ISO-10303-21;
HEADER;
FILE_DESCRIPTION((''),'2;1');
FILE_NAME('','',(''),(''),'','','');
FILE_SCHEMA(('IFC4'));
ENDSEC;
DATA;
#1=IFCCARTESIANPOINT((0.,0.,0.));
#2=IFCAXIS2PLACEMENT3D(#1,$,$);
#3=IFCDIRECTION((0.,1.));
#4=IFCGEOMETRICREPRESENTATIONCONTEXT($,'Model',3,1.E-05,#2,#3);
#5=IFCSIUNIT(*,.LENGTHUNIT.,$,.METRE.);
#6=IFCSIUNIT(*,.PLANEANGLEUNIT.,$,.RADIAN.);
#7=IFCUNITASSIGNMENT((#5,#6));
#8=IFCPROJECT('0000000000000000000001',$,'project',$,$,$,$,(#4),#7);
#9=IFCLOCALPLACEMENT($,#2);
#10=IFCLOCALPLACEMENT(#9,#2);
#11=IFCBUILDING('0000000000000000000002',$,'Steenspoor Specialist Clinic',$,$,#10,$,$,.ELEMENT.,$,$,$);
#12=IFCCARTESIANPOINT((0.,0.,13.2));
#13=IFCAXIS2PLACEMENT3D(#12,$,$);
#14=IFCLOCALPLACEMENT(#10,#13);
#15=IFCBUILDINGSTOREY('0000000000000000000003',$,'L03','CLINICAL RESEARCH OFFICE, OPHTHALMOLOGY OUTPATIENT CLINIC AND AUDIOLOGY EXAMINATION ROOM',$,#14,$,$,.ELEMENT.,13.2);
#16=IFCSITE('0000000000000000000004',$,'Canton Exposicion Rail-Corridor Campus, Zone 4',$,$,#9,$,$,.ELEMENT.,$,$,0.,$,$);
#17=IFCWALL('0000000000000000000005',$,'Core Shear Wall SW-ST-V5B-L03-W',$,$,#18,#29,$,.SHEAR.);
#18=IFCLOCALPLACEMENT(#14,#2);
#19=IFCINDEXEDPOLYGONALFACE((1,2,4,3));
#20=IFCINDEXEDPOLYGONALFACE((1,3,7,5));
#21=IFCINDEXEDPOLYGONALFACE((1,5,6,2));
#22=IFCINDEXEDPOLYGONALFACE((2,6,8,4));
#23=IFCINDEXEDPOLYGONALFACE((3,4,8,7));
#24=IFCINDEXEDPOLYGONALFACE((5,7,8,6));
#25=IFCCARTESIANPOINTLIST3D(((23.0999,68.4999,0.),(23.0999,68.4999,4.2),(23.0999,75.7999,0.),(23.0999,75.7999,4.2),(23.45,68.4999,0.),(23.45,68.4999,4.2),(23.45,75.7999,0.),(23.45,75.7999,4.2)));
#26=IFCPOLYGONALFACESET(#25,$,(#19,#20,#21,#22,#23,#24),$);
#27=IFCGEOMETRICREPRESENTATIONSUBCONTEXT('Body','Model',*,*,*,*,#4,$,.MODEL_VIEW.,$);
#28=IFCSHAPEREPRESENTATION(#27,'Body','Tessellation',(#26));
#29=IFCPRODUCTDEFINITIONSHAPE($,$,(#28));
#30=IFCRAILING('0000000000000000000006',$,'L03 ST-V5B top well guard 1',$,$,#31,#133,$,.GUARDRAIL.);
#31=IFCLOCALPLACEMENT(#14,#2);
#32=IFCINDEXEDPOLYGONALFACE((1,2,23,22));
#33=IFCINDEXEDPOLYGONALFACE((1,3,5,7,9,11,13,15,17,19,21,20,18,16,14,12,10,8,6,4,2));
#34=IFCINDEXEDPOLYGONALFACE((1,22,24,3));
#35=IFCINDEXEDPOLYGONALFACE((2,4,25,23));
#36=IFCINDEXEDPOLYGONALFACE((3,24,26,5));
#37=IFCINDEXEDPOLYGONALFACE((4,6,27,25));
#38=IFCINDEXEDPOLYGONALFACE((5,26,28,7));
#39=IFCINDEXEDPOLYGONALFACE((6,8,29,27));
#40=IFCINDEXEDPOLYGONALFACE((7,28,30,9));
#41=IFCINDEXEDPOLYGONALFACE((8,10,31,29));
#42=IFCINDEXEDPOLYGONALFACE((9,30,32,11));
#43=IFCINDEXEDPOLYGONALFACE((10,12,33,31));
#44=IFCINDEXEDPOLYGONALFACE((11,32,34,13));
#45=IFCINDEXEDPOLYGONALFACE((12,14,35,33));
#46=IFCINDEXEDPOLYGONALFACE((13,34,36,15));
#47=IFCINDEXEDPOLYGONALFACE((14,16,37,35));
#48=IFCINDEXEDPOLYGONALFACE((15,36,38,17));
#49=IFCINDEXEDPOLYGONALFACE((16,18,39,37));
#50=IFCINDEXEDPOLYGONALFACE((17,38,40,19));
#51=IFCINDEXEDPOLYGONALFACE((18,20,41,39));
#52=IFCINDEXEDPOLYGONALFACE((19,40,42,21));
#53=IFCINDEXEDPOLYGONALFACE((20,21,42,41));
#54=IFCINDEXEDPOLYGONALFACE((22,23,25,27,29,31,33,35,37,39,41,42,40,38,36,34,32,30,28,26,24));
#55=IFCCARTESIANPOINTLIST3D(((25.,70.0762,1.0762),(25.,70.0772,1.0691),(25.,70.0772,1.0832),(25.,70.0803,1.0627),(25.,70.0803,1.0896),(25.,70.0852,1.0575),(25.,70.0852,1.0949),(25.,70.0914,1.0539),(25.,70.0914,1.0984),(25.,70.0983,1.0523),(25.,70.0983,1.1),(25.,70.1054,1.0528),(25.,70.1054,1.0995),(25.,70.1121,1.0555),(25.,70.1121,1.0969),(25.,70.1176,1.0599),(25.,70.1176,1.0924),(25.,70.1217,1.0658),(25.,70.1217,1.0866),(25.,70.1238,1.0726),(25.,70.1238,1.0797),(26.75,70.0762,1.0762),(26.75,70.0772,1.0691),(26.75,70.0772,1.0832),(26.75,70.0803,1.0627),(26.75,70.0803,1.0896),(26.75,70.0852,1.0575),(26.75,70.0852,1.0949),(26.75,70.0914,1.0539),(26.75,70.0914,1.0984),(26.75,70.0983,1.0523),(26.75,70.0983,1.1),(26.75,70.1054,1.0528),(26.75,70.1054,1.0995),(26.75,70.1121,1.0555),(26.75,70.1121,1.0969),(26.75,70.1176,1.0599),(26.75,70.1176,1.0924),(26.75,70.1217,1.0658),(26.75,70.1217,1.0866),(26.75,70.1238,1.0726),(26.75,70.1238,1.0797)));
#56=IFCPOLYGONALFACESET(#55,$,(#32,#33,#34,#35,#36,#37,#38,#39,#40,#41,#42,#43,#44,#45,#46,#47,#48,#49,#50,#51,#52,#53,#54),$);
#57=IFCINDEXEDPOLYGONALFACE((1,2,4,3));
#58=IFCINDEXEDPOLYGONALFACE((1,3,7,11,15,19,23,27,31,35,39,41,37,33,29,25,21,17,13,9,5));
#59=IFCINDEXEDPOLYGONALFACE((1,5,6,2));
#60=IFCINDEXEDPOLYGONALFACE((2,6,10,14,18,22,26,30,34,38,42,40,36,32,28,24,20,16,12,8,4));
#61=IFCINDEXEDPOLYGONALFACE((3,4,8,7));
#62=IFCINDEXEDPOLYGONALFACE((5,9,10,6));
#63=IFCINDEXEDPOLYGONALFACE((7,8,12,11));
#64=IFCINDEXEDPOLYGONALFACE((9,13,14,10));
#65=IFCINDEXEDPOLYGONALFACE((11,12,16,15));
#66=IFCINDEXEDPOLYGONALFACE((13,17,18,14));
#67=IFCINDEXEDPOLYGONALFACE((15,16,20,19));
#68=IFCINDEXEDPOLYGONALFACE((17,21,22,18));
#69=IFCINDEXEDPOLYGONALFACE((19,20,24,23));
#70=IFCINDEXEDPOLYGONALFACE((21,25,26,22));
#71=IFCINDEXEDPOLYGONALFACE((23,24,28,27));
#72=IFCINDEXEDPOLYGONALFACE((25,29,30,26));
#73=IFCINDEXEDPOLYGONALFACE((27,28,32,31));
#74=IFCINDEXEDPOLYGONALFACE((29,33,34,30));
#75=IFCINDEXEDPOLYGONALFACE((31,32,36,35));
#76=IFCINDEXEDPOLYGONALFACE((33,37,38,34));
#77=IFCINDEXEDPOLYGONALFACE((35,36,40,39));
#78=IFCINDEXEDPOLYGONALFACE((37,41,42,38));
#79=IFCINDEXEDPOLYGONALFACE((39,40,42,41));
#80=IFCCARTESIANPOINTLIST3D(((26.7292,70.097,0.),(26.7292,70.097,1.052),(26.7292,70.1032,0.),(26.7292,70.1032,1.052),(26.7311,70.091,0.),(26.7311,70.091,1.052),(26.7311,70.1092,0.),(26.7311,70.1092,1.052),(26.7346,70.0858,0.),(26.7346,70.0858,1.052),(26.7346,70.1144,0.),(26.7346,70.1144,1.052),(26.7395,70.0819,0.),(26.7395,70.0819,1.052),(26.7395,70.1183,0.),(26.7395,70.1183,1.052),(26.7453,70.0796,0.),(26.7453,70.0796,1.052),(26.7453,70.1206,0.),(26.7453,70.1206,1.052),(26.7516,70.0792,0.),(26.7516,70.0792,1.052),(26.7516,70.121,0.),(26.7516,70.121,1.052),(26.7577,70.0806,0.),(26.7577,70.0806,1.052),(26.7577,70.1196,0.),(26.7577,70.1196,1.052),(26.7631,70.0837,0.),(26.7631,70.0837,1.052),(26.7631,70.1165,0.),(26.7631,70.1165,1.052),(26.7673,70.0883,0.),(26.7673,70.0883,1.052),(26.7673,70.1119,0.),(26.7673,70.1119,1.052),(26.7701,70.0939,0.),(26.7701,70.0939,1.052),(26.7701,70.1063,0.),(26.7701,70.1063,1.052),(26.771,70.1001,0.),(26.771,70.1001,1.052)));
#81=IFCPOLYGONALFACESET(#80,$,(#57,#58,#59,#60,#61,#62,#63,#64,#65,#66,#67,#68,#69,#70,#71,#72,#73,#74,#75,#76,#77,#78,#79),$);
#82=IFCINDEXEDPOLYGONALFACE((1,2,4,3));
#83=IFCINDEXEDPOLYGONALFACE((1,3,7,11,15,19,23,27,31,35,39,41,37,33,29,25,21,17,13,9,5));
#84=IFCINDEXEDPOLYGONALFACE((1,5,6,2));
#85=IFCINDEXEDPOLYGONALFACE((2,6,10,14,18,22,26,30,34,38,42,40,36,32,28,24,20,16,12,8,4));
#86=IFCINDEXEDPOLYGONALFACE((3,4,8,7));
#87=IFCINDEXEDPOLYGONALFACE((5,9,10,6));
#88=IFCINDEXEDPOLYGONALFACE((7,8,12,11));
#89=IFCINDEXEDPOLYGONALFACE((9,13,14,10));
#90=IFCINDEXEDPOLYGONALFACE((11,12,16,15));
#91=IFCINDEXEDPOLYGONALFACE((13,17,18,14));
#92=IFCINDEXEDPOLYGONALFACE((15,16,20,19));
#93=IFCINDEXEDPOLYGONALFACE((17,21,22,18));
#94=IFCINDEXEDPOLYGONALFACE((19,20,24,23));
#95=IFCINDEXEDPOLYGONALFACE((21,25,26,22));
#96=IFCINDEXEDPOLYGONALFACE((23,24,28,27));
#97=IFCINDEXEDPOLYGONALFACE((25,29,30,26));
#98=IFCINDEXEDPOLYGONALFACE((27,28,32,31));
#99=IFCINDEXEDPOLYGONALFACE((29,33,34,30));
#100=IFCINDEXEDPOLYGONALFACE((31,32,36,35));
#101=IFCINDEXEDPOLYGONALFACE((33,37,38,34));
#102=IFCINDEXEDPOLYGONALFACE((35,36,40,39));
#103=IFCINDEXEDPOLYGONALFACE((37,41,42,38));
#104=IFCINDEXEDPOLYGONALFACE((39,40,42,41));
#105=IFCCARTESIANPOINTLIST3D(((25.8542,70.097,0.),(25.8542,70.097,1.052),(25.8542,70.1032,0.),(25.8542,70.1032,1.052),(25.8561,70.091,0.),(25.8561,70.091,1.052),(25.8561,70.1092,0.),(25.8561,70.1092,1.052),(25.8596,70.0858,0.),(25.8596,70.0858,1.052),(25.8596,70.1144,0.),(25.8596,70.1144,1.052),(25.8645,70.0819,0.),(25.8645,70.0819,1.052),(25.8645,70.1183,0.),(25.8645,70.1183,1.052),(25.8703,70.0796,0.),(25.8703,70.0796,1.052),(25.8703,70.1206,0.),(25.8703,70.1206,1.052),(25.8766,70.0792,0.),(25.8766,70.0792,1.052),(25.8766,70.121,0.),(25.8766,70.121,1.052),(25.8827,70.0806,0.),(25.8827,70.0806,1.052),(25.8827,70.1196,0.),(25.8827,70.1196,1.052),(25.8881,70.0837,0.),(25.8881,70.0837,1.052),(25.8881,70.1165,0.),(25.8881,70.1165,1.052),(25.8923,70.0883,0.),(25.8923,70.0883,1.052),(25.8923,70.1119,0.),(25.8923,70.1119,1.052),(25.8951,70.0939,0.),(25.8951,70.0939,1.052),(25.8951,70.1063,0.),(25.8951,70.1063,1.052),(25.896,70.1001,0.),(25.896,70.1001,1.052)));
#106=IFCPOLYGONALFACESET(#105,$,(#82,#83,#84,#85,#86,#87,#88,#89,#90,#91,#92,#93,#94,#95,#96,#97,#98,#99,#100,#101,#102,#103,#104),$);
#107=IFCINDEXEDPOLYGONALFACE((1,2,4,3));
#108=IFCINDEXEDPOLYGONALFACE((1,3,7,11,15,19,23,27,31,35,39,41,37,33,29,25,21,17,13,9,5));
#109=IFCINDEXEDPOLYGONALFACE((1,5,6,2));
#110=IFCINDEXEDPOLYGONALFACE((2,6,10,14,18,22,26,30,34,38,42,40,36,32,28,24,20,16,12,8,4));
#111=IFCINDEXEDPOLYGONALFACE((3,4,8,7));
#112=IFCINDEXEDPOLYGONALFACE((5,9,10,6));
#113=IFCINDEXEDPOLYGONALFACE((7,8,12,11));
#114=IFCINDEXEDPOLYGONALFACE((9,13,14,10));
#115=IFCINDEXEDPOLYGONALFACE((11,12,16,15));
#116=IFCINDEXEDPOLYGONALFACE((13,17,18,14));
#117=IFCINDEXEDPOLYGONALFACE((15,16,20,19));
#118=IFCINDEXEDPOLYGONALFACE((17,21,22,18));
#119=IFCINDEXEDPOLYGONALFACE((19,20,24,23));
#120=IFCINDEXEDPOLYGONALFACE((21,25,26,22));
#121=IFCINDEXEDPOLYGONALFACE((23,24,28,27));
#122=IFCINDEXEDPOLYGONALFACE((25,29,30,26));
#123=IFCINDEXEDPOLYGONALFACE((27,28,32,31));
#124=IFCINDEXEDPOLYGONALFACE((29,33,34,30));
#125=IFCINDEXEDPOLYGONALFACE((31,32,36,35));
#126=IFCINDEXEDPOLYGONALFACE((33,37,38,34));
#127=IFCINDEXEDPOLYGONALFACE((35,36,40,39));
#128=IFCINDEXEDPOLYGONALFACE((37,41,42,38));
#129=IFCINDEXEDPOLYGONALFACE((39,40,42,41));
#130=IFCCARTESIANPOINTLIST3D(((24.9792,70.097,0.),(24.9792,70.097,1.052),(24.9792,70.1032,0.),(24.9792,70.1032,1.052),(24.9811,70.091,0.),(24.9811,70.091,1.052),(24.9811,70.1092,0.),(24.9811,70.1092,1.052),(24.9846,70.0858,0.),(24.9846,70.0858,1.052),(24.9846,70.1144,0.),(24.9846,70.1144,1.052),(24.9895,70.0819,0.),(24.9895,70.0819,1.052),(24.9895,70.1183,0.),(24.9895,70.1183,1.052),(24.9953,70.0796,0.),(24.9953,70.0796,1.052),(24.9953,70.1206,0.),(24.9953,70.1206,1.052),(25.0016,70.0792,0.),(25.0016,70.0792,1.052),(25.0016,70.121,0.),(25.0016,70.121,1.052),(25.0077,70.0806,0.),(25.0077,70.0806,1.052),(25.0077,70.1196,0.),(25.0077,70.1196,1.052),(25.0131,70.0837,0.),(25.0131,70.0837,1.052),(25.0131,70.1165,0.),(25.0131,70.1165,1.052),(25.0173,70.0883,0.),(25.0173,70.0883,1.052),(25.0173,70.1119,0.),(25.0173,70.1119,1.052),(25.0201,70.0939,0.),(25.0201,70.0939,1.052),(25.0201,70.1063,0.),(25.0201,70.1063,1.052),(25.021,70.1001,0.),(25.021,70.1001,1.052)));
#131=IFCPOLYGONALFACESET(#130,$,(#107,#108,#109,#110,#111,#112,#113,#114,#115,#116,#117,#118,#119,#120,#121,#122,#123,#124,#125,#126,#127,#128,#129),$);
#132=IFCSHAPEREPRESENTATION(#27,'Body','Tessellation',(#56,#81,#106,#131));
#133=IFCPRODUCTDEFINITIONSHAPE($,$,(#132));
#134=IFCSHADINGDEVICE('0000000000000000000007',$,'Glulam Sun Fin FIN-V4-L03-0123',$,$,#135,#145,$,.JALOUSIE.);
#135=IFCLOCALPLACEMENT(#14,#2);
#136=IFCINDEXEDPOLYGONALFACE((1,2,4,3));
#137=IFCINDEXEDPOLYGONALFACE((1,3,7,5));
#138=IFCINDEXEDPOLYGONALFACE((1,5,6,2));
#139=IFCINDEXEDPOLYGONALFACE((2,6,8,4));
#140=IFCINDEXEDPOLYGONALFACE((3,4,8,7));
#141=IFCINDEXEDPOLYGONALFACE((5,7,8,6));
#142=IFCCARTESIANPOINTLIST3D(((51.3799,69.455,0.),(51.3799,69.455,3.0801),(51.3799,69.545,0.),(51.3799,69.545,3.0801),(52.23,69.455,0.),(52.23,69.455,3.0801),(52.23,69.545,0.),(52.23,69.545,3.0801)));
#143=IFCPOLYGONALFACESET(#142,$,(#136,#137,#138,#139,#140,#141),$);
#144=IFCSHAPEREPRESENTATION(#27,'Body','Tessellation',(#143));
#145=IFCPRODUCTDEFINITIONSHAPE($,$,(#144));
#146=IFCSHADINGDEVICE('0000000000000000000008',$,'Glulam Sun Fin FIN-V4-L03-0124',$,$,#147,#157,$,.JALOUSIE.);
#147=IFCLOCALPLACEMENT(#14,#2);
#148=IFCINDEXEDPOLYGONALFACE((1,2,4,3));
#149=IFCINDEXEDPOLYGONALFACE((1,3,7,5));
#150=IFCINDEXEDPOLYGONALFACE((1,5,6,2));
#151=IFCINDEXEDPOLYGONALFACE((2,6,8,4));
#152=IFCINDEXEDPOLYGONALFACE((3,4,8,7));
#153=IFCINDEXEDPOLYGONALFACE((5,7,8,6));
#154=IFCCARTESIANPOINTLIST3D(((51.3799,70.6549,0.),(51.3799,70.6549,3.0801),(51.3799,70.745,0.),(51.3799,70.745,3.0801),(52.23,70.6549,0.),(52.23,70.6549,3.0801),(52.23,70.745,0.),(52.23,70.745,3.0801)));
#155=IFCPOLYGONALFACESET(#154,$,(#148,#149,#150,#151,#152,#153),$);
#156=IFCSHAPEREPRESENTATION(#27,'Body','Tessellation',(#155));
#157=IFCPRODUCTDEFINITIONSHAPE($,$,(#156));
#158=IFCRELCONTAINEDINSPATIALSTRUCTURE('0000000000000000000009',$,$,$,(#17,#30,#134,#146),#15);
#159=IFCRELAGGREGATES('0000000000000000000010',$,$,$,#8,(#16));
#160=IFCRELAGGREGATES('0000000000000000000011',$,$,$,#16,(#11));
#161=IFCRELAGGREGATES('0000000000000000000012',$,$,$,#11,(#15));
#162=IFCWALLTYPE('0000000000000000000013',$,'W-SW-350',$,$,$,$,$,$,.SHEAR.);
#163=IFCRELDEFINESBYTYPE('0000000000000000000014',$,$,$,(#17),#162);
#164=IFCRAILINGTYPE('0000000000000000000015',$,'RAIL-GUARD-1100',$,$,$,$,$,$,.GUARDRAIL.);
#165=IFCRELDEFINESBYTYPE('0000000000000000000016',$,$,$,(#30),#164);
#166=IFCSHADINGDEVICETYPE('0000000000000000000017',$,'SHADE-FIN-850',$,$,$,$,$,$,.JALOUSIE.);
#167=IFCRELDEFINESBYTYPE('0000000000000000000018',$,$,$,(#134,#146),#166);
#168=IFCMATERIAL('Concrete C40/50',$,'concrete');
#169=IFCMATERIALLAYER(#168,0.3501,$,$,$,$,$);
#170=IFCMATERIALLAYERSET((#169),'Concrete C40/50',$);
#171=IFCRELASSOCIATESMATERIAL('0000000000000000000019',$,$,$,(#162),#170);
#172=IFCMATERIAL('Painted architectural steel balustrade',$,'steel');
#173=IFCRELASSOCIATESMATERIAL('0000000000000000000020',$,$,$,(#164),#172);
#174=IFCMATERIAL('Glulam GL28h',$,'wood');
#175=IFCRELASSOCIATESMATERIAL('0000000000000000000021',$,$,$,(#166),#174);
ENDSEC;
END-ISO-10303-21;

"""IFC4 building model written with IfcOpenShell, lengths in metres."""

from ifc_helpers import new_model, si_unit, direction, frame, frame_2d, origin, origin_2d, place, context, subcontext, project, spatial, rectangle, circle, extrude, material, layer, layer_set, material_profile, profile_set, type_object, element, save


model = new_model("IFC4")

# Units and contexts
model_context = context("Model", 3, precision=1e-05, world=origin(), true_north=direction((0.0, 1.0)))
body_context = subcontext(model_context, "Body", "Model", "MODEL_VIEW")
ifc_project = project(units=[si_unit("LENGTHUNIT", "METRE"), si_unit("PLANEANGLEUNIT", "RADIAN")], contexts=[model_context])

# Site, building, storey
site_placement = place(None, origin())
site = spatial("IfcSite", under=ifc_project, at=site_placement, Name="Canton Exposicion Rail-Corridor Campus, Zone 4", CompositionType="ELEMENT", RefElevation=0.0)
building_placement = place(site_placement, origin())
building = spatial("IfcBuilding", under=site, at=building_placement, Name="Steenspoor Specialist Clinic", CompositionType="ELEMENT")
storey_placement = place(building_placement, frame((0.0, 0.0, 13.2)))
storey = spatial("IfcBuildingStorey", under=building, at=storey_placement, Name="L03", Description="CLINICAL RESEARCH OFFICE, OPHTHALMOLOGY OUTPATIENT CLINIC AND AUDIOLOGY EXAMINATION ROOM", CompositionType="ELEMENT", Elevation=13.2)

# Wall
ifc_material_1 = material(Name="Concrete C40/50", Category="concrete")
ifc_layer_1 = layer(ifc_material_1, 0.3501)
ifc_layer_set_1 = layer_set([ifc_layer_1], Name="Concrete C40/50")
wall_type_1 = type_object("IfcWallType", Name="W-SW-350", PredefinedType="SHEAR", material=ifc_layer_set_1)
wall_1_placement = place(storey_placement, frame((23.2749, 68.5, 0.0), z_axis=(0.0, 0.0, 1.0), x_axis=(0.0, 1.0, 0.0)))
element("IfcWall", 1, at=wall_1_placement, inside=storey, type_object=wall_type_1, Name="Core Shear Wall SW-ST-V5B-L03-W", PredefinedType="SHEAR", context=body_context, shape_type="SweptSolid", body=[
    extrude(rectangle(XDim=7.3, YDim=0.3501, at=frame_2d((3.6499, 0.0))), origin(), (0.0, 0.0, 1.0), 4.2),
])

# Railing
ifc_material_2 = material(Name="Painted architectural steel balustrade", Category="steel")
railing_type = type_object("IfcRailingType", Name="RAIL-GUARD-1100", PredefinedType="GUARDRAIL", material=ifc_material_2)
railing_placement = place(storey_placement, frame((26.75, 70.1001, 0.0)))
element("IfcRailing", 2, at=railing_placement, inside=storey, type_object=railing_type, Name="L03 ST-V5B top well guard 1", PredefinedType="GUARDRAIL", context=body_context, shape_type="SweptSolid", body=[
    extrude(circle(Radius=0.0239, at=origin_2d()), frame((0.0, 0.0, 1.0762), z_axis=(-1.0, 0.0, 0.0), x_axis=(0.0, -1.0, 0.0)), (0.0, 0.0, 1.0), 1.75),
    extrude(circle(Radius=0.021, at=origin_2d()), origin(), (0.0, 0.0, 1.0), 1.052),
    extrude(circle(Radius=0.021, at=origin_2d()), frame((-0.875, 0.0, 0.0)), (0.0, 0.0, 1.0), 1.052),
    extrude(circle(Radius=0.021, at=origin_2d()), frame((-1.75, 0.0, 0.0)), (0.0, 0.0, 1.0), 1.052),
])

# Shading devices
ifc_material_3 = material(Name="Glulam GL28h", Category="wood")
ifc_material_profile_1 = material_profile(ifc_material_3, rectangle(XDim=0.0901, YDim=0.8501, at=origin_2d()), Name="GL28H-90X850")
ifc_profile_set_1 = profile_set([ifc_material_profile_1], Name="Glulam GL28h")
shading_device_type = type_object("IfcShadingDeviceType", Name="SHADE-FIN-850", PredefinedType="JALOUSIE", material=ifc_profile_set_1)
for number, where, z_axis, x_axis, name in (
    (3, (51.8049, 69.5, 0.0), (0.0, 0.0, 1.0), (0.0, 1.0, 0.0), "Glulam Sun Fin FIN-V4-L03-0123"),
    (4, (51.8049, 70.7, 0.0), (0.0, 0.0, 1.0), (0.0, 1.0, 0.0), "Glulam Sun Fin FIN-V4-L03-0124"),
):
    element("IfcShadingDevice", number, at=place(storey_placement, frame(where, z_axis=z_axis, x_axis=x_axis)), inside=storey, type_object=shading_device_type, Name=name, PredefinedType="JALOUSIE", context=body_context, shape_type="SweptSolid", body=[
        extrude(rectangle(XDim=0.0901, YDim=0.8501, at=origin_2d()), origin(), (0.0, 0.0, 1.0), 3.0801),
    ])

save(model, "model.ifc")
